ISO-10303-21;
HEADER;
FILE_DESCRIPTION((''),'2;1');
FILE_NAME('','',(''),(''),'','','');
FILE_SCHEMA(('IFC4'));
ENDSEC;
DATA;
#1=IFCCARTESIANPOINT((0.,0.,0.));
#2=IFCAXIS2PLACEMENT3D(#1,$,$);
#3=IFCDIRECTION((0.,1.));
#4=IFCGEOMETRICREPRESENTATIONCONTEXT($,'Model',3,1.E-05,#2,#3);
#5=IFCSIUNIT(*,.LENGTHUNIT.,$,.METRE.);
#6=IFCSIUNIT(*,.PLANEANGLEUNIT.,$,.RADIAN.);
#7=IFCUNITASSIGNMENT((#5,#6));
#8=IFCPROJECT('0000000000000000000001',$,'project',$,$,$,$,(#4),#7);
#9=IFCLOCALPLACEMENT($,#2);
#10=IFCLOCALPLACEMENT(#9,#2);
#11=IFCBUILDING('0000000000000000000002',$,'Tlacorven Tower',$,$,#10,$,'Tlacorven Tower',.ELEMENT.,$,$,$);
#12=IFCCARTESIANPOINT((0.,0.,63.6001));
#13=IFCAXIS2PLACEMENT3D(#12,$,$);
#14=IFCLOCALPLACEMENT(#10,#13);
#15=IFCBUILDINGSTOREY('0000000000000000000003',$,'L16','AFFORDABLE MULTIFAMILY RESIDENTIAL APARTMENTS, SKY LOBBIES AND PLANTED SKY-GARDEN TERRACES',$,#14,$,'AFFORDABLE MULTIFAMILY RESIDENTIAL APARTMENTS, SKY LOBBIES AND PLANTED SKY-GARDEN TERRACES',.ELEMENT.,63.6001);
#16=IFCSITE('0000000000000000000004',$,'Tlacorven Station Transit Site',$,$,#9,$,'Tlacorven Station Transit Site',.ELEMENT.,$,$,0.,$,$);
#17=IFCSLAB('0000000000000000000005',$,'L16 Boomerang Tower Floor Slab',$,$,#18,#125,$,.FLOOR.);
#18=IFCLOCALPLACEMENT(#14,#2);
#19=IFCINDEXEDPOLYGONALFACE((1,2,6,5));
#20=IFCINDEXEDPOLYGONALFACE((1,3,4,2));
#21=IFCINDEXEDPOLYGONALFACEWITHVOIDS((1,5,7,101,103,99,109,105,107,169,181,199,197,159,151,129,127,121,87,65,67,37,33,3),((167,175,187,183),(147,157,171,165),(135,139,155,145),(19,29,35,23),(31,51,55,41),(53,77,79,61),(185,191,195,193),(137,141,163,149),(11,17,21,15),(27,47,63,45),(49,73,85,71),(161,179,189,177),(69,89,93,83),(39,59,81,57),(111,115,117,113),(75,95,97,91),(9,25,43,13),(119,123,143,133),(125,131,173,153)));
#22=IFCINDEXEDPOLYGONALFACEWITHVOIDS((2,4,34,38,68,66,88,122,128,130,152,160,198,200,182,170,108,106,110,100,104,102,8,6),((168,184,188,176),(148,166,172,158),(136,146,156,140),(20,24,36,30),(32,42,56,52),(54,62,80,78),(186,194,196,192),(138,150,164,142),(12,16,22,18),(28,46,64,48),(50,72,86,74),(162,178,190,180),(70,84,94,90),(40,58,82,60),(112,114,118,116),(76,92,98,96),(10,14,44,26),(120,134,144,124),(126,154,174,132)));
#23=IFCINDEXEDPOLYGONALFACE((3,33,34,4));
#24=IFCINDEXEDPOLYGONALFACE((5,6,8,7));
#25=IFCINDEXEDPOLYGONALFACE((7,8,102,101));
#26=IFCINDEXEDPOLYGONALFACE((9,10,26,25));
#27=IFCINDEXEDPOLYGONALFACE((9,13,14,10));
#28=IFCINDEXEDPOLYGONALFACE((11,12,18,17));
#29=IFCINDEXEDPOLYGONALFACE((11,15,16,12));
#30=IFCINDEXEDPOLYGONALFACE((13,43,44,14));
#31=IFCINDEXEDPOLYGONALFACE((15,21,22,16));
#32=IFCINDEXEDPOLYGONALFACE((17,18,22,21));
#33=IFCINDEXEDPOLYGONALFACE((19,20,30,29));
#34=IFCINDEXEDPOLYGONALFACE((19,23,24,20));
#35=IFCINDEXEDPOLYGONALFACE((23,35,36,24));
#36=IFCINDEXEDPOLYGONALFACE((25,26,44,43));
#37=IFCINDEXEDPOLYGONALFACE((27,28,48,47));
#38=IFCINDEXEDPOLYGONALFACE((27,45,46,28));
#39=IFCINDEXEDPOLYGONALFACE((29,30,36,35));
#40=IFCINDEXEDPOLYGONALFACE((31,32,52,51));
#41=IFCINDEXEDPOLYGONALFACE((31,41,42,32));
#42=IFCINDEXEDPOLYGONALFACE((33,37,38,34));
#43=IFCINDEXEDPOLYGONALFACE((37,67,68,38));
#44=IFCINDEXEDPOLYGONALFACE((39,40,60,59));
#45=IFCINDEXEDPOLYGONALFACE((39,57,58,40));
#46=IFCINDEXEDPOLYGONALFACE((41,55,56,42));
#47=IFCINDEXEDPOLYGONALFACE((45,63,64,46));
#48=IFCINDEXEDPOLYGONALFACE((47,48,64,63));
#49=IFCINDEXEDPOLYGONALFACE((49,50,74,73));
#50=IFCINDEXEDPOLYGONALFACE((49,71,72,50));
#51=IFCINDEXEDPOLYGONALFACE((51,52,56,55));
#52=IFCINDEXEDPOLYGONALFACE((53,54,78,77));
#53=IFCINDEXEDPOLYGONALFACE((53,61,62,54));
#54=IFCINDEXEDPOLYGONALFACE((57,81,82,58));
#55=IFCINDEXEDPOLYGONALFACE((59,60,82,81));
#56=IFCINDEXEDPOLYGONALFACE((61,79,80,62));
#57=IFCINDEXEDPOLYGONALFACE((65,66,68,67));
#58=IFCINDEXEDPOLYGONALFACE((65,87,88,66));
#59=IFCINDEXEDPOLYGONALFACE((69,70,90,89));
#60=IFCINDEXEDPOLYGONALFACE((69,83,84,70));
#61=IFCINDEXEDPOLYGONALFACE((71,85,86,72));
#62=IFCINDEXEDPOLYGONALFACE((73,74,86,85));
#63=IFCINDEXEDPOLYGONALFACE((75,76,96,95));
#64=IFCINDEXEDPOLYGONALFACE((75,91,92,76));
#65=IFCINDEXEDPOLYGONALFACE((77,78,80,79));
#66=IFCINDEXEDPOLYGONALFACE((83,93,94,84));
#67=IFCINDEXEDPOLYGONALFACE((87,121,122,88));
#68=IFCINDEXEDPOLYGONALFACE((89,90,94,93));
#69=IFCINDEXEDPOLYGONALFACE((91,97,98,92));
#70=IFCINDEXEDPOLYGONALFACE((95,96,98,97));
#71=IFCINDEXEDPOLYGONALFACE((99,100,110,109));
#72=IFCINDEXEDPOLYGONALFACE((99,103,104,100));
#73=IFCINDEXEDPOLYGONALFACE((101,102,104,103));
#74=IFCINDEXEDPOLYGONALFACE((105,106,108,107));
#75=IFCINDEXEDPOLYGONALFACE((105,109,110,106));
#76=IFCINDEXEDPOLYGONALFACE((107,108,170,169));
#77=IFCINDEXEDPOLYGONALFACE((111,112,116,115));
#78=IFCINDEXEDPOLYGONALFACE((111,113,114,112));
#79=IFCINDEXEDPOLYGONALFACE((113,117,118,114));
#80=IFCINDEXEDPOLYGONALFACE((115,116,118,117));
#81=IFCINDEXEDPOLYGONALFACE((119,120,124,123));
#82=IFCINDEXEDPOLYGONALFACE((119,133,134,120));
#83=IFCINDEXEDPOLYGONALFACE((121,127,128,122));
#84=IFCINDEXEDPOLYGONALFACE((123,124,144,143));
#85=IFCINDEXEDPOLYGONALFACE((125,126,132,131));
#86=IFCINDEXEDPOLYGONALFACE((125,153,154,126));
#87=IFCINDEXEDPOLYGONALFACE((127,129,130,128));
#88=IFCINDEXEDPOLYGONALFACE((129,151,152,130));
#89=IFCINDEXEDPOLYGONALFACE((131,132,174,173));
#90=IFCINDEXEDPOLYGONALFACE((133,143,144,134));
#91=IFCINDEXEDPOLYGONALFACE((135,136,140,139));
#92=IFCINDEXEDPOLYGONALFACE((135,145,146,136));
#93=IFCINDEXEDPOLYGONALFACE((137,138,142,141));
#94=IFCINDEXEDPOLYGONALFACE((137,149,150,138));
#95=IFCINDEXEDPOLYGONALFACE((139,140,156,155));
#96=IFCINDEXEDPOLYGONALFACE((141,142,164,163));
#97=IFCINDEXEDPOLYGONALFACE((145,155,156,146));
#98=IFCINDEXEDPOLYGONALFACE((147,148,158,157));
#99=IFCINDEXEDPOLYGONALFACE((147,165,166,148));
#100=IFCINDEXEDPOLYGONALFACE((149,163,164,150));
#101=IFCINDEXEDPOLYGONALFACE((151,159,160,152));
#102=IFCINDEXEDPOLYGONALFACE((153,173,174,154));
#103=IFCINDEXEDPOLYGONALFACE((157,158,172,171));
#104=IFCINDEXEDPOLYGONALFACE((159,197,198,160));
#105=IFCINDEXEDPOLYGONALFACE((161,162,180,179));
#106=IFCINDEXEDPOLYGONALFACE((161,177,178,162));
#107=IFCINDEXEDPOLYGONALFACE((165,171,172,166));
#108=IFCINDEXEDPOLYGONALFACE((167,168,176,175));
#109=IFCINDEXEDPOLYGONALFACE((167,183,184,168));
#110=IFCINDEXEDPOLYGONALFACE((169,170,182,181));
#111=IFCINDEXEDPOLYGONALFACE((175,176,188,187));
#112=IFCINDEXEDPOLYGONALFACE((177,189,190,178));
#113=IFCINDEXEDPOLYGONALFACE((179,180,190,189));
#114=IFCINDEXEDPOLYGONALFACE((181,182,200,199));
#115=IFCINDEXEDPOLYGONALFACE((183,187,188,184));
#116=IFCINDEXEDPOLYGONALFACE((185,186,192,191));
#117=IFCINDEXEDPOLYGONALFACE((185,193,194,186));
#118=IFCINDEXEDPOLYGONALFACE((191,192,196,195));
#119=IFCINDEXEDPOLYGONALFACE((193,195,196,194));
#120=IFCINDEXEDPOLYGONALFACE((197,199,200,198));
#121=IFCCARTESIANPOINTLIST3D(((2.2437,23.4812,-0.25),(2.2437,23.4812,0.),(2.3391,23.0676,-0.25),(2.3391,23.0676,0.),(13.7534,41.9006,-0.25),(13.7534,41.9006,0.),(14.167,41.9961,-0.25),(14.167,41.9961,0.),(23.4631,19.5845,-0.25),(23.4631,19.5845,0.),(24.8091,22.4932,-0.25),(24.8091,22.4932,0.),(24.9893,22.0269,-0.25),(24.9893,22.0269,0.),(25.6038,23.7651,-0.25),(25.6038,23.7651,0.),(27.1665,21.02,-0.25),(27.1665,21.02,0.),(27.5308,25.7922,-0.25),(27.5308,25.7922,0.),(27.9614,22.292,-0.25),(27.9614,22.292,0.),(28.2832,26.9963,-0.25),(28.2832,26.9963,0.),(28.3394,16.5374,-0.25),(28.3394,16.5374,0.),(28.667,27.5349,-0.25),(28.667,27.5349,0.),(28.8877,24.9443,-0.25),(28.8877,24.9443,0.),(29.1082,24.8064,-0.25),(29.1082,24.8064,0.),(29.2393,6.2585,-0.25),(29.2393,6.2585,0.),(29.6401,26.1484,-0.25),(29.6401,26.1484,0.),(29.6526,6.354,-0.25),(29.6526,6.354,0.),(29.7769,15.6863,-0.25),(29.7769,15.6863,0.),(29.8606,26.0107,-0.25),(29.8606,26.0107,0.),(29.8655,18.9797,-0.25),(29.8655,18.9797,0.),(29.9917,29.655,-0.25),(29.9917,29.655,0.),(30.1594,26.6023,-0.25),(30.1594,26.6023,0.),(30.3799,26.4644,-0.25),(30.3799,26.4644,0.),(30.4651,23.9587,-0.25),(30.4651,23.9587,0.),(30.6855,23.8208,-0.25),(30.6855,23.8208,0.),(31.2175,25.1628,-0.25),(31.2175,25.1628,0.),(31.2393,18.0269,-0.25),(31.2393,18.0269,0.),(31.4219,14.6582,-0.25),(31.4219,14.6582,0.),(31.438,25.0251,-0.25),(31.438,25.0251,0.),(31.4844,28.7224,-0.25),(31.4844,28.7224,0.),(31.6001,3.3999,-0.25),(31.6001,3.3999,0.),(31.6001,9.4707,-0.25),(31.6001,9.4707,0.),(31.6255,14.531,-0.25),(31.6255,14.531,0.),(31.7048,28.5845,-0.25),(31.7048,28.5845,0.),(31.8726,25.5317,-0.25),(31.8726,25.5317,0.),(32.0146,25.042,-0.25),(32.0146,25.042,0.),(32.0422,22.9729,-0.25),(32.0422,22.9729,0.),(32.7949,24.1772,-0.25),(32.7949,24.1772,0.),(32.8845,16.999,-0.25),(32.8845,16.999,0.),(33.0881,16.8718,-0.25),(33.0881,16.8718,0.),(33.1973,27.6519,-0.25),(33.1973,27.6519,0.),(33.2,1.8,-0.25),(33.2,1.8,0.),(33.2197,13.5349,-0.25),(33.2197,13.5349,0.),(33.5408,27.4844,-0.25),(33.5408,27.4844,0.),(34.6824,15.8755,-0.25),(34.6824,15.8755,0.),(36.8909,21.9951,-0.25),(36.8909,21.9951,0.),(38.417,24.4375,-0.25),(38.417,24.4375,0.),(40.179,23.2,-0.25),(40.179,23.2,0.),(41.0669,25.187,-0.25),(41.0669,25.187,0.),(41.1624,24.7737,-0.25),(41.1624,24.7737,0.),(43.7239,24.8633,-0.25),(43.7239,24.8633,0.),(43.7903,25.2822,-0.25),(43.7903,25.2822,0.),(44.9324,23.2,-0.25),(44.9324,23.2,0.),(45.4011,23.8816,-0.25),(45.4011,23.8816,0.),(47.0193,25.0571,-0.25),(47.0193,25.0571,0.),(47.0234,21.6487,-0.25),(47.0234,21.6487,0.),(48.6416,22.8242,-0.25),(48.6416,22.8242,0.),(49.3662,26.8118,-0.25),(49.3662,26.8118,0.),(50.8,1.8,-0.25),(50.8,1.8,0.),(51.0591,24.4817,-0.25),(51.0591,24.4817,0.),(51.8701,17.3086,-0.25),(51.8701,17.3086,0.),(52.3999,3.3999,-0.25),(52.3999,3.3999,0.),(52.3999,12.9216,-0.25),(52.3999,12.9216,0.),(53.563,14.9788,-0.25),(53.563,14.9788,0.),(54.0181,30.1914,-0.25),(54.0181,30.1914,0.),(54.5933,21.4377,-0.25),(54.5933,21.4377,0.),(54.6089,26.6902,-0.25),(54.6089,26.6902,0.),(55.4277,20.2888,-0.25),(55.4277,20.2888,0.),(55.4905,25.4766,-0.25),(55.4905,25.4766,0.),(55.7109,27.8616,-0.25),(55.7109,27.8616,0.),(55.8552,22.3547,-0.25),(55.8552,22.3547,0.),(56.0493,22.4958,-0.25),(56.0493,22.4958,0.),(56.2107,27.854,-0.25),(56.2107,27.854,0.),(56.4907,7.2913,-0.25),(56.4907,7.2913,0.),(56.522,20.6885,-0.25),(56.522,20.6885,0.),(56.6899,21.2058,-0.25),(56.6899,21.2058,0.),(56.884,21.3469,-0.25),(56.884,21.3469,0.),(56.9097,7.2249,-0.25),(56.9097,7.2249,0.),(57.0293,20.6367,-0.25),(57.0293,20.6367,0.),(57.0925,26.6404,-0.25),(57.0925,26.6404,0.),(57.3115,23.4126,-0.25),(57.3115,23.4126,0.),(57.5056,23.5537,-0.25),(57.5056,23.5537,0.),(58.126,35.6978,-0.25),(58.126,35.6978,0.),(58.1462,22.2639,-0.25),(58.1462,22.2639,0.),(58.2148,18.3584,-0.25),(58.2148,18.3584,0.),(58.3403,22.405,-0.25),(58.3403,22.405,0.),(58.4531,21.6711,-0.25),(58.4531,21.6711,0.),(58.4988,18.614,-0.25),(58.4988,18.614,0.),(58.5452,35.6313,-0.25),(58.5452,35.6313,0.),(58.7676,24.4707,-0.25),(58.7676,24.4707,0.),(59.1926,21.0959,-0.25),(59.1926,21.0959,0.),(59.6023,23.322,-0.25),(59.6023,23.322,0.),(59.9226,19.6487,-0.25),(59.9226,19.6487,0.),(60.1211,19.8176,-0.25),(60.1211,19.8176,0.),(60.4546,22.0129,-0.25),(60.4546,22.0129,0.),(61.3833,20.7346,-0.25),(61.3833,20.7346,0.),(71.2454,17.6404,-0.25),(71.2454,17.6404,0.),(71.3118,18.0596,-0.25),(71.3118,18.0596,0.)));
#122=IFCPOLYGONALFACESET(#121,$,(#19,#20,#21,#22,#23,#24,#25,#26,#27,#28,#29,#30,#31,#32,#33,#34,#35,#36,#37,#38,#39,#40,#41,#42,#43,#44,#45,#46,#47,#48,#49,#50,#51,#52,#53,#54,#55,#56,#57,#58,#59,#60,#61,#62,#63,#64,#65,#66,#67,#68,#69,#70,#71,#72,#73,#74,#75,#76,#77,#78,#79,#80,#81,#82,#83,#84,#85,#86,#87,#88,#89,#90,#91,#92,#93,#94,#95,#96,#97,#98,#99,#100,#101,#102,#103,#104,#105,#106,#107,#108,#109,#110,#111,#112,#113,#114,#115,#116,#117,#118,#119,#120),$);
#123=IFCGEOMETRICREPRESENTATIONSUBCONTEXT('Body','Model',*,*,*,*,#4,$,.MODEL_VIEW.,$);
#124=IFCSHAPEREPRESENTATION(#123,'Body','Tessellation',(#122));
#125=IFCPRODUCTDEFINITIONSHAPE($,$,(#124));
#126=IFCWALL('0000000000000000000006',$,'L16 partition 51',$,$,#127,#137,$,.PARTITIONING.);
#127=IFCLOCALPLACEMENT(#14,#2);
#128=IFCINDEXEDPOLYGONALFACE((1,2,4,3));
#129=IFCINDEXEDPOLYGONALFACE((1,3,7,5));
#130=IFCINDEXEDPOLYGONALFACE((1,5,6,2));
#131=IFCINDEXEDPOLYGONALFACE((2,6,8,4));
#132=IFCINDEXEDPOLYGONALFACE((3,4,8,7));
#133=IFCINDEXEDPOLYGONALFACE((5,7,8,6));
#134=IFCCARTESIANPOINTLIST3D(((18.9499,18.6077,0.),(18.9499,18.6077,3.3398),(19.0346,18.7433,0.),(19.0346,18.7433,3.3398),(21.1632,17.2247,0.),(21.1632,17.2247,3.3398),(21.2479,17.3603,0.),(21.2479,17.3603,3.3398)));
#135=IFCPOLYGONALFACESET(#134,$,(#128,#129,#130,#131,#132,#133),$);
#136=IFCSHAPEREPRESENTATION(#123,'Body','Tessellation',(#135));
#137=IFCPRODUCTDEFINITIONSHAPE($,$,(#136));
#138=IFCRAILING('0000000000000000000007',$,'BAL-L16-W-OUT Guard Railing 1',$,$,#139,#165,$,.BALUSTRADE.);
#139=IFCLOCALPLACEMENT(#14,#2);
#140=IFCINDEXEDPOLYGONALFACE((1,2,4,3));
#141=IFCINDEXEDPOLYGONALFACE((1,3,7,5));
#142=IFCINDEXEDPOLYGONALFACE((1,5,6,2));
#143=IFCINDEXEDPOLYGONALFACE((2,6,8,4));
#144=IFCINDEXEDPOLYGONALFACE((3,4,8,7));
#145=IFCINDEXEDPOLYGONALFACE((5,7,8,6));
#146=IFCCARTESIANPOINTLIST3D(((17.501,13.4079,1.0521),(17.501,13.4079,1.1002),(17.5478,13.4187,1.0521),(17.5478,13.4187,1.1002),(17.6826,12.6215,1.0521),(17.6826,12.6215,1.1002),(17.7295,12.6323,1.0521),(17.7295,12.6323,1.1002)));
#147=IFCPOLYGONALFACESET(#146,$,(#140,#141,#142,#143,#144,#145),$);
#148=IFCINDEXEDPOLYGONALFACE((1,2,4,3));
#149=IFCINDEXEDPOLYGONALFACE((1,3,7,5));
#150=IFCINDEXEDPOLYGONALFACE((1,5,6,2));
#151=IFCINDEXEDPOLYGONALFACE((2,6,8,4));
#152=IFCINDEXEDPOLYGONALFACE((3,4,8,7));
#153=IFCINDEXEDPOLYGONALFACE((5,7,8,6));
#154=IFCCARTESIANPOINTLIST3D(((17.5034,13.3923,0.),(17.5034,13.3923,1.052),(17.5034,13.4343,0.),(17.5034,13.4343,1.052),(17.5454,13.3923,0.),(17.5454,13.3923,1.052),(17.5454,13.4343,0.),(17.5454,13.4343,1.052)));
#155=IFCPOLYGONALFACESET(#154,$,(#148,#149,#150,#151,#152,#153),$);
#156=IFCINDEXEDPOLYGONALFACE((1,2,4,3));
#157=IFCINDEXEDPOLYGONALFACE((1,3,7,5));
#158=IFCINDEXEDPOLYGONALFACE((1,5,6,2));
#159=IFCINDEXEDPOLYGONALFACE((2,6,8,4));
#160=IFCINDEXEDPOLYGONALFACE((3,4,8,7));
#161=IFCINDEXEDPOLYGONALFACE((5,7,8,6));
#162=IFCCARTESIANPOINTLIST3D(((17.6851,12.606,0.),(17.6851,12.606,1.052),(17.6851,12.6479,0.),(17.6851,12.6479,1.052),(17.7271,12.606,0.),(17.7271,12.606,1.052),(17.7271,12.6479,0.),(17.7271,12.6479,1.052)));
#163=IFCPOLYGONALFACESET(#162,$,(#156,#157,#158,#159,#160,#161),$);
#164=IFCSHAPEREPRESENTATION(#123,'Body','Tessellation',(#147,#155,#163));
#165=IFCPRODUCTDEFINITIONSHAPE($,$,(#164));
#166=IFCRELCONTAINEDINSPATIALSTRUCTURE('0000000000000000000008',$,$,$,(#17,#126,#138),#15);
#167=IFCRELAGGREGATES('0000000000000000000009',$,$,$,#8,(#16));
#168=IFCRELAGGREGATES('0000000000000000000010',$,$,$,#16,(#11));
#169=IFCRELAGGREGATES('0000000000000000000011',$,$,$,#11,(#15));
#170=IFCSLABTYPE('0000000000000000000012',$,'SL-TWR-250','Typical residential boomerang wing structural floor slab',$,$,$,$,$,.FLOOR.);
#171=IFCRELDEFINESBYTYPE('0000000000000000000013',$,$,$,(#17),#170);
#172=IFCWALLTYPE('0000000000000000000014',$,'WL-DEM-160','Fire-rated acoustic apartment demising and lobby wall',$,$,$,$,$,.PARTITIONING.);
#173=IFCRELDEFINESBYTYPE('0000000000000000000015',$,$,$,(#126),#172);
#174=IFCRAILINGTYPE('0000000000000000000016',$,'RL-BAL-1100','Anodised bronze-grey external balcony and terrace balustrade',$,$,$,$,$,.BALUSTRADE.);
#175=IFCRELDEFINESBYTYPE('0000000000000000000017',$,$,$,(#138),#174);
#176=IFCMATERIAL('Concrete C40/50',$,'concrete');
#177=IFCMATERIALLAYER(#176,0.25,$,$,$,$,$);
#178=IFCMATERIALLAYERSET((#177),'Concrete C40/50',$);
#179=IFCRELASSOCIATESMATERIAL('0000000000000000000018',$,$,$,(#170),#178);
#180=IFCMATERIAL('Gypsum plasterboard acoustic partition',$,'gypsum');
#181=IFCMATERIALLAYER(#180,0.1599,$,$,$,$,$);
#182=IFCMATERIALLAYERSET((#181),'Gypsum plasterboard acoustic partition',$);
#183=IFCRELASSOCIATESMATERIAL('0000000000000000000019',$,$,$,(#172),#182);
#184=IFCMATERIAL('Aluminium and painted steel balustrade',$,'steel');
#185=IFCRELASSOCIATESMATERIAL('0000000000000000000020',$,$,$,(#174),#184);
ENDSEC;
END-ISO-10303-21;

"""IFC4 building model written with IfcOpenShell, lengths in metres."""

from ifc_helpers import new_model, si_unit, direction, frame, frame_2d, origin, origin_2d, place, context, subcontext, project, spatial, polyline, rectangle, outline, extrude, source, transform, mapped, material, layer, layer_set, type_object, element, save


model = new_model("IFC4")

# Units and contexts
model_context = context("Model", 3, precision=1e-05, world=origin(), true_north=direction((0.0, 1.0)))
body_context = subcontext(model_context, "Body", "Model", "MODEL_VIEW")
ifc_project = project(units=[si_unit("LENGTHUNIT", "METRE"), si_unit("PLANEANGLEUNIT", "RADIAN")], contexts=[model_context])

# Site, building, storey
site_placement = place(None, origin())
site = spatial("IfcSite", under=ifc_project, at=site_placement, Name="Tlacorven Station Transit Site", LongName="Tlacorven Station Transit Site", CompositionType="ELEMENT", RefElevation=0.0)
building_placement = place(site_placement, origin())
building = spatial("IfcBuilding", under=site, at=building_placement, Name="Tlacorven Tower", LongName="Tlacorven Tower", CompositionType="ELEMENT")
storey_placement = place(building_placement, frame((0.0, 0.0, 63.6001)))
storey = spatial("IfcBuildingStorey", under=building, at=storey_placement, Name="L16", Description="AFFORDABLE MULTIFAMILY RESIDENTIAL APARTMENTS, SKY LOBBIES AND PLANTED SKY-GARDEN TERRACES", LongName="AFFORDABLE MULTIFAMILY RESIDENTIAL APARTMENTS, SKY LOBBIES AND PLANTED SKY-GARDEN TERRACES", CompositionType="ELEMENT", Elevation=63.6001)

# Shared definitions
ifc_material_1 = material(Name="Concrete C40/50", Category="concrete")

# Slab
ifc_layer_1 = layer(ifc_material_1, 0.25)
ifc_layer_set_1 = layer_set([ifc_layer_1], Name="Concrete C40/50")
slab_type_1 = type_object("IfcSlabType", Name="SL-TWR-250", Description="Typical residential boomerang wing structural floor slab", PredefinedType="FLOOR", material=ifc_layer_set_1)
slab_1_placement = place(storey_placement, frame((0.0, 0.0, -0.25)))
element("IfcSlab", 1, at=slab_1_placement, inside=storey, type_object=slab_type_1, Name="L16 Boomerang Tower Floor Slab", PredefinedType="FLOOR", context=body_context, shape_type="SweptSolid", body=[
    extrude(outline(polyline([(52.3999, 3.3999), (50.8, 1.8), (33.2, 1.8), (31.6001, 3.3999), (31.6001, 9.4707), (29.6526, 6.354), (29.2393, 6.2585), (2.3391, 23.0676), (2.2437, 23.4812), (13.7534, 41.9006), (14.167, 41.9961), (41.0669, 25.187), (41.1624, 24.7737), (40.179, 23.2), (44.9324, 23.2), (43.7239, 24.8633), (43.7903, 25.2822), (58.126, 35.6978), (58.5452, 35.6313), (71.3118, 18.0596), (71.2454, 17.6404), (56.9097, 7.2249), (56.4907, 7.2913), (52.3999, 12.9216), (52.3999, 3.3999)]), holes=[polyline([(29.8655, 18.9797), (24.9893, 22.0269), (23.4631, 19.5845), (28.3394, 16.5374), (29.8655, 18.9797)]), polyline([(38.417, 24.4375), (33.5408, 27.4844), (32.0146, 25.042), (36.8909, 21.9951), (38.417, 24.4375)]), polyline([(51.0591, 24.4817), (55.7109, 27.8616), (54.0181, 30.1914), (49.3662, 26.8118), (51.0591, 24.4817)]), polyline([(53.563, 14.9788), (58.2148, 18.3584), (56.522, 20.6885), (51.8701, 17.3086), (53.563, 14.9788)]), polyline([(34.6824, 15.8755), (33.0881, 16.8718), (31.6255, 14.531), (33.2197, 13.5349), (34.6824, 15.8755)]), polyline([(32.8845, 16.999), (31.2393, 18.0269), (29.7769, 15.6863), (31.4219, 14.6582), (32.8845, 16.999)]), polyline([(47.0234, 21.6487), (48.6416, 22.8242), (47.0193, 25.0571), (45.4011, 23.8816), (47.0234, 21.6487)]), polyline([(33.1973, 27.6519), (31.7048, 28.5845), (30.3799, 26.4644), (31.8726, 25.5317), (33.1973, 27.6519)]), polyline([(31.4844, 28.7224), (29.9917, 29.655), (28.667, 27.5349), (30.1594, 26.6023), (31.4844, 28.7224)]), polyline([(32.7949, 24.1772), (31.438, 25.0251), (30.6855, 23.8208), (32.0422, 22.9729), (32.7949, 24.1772)]), polyline([(31.2175, 25.1628), (29.8606, 26.0107), (29.1082, 24.8064), (30.4651, 23.9587), (31.2175, 25.1628)]), polyline([(29.6401, 26.1484), (28.2832, 26.9963), (27.5308, 25.7922), (28.8877, 24.9443), (29.6401, 26.1484)]), polyline([(55.4277, 20.2888), (56.6899, 21.2058), (55.8552, 22.3547), (54.5933, 21.4377), (55.4277, 20.2888)]), polyline([(56.884, 21.3469), (58.1462, 22.2639), (57.3115, 23.4126), (56.0493, 22.4958), (56.884, 21.3469)]), polyline([(58.3403, 22.405), (59.6023, 23.322), (58.7676, 24.4707), (57.5056, 23.5537), (58.3403, 22.405)]), polyline([(58.4988, 18.614), (59.9226, 19.6487), (58.4531, 21.6711), (57.0293, 20.6367), (58.4988, 18.614)]), polyline([(27.9614, 22.292), (25.6038, 23.7651), (24.8091, 22.4932), (27.1665, 21.02), (27.9614, 22.292)]), polyline([(55.4905, 25.4766), (57.0925, 26.6404), (56.2107, 27.854), (54.6089, 26.6902), (55.4905, 25.4766)]), polyline([(60.1211, 19.8176), (61.3833, 20.7346), (60.4546, 22.0129), (59.1926, 21.0959), (60.1211, 19.8176)])]), origin(), (0.0, 0.0, 1.0), 0.25),
])

# Wall
ifc_material_2 = material(Name="Gypsum plasterboard acoustic partition", Category="gypsum")
ifc_layer_2 = layer(ifc_material_2, 0.1599)
ifc_layer_set_2 = layer_set([ifc_layer_2], Name="Gypsum plasterboard acoustic partition")
wall_type = type_object("IfcWallType", Name="WL-DEM-160", Description="Fire-rated acoustic apartment demising and lobby wall", PredefinedType="PARTITIONING", material=ifc_layer_set_2)
wall_placement = place(storey_placement, frame((21.2056, 17.2925, 0.0), z_axis=(0.0, 0.0, 1.0), x_axis=(-0.848051, 0.529915, 0.0)))
element("IfcWall", 2, at=wall_placement, inside=storey, type_object=wall_type, Name="L16 partition 51", PredefinedType="PARTITIONING", context=body_context, shape_type="SweptSolid", body=[
    extrude(rectangle(XDim=2.6099, YDim=0.1599, at=frame_2d((1.3049, 0.0))), origin(), (0.0, 0.0, 1.0), 3.3398),
])

# Railing
ifc_material_3 = material(Name="Aluminium and painted steel balustrade", Category="steel")
railing_type = type_object("IfcRailingType", Name="RL-BAL-1100", Description="Anodised bronze-grey external balcony and terrace balustrade", PredefinedType="BALUSTRADE", material=ifc_material_3)
shared_shape_1 = source(origin(), body_context, "Body", "SweptSolid", [
    extrude(rectangle(XDim=0.0481, YDim=0.0481, at=origin_2d()), frame((0.0, 0.0, 1.0762), z_axis=(0.225058, -0.974345, 0.0), x_axis=(0.974345, 0.225058, 0.0)), (0.0, 0.0, 1.0), 0.8071),
    extrude(rectangle(XDim=0.042, YDim=0.042, at=origin_2d()), origin(), (0.0, 0.0, 1.0), 1.052),
    extrude(rectangle(XDim=0.042, YDim=0.042, at=origin_2d()), frame((0.1816, -0.7864, 0.0)), (0.0, 0.0, 1.0), 1.052),
])
railing_1_placement = place(storey_placement, frame((17.5244, 13.4133, 0.0)))
element("IfcRailing", 3, at=railing_1_placement, inside=storey, type_object=railing_type, Name="BAL-L16-W-OUT Guard Railing 1", PredefinedType="BALUSTRADE", context=body_context, shape_type="MappedRepresentation", body=[
    mapped(shared_shape_1, transform((0.0, 0.0, 0.0), scale=1.0)),
])

save(model, "model.ifc")
